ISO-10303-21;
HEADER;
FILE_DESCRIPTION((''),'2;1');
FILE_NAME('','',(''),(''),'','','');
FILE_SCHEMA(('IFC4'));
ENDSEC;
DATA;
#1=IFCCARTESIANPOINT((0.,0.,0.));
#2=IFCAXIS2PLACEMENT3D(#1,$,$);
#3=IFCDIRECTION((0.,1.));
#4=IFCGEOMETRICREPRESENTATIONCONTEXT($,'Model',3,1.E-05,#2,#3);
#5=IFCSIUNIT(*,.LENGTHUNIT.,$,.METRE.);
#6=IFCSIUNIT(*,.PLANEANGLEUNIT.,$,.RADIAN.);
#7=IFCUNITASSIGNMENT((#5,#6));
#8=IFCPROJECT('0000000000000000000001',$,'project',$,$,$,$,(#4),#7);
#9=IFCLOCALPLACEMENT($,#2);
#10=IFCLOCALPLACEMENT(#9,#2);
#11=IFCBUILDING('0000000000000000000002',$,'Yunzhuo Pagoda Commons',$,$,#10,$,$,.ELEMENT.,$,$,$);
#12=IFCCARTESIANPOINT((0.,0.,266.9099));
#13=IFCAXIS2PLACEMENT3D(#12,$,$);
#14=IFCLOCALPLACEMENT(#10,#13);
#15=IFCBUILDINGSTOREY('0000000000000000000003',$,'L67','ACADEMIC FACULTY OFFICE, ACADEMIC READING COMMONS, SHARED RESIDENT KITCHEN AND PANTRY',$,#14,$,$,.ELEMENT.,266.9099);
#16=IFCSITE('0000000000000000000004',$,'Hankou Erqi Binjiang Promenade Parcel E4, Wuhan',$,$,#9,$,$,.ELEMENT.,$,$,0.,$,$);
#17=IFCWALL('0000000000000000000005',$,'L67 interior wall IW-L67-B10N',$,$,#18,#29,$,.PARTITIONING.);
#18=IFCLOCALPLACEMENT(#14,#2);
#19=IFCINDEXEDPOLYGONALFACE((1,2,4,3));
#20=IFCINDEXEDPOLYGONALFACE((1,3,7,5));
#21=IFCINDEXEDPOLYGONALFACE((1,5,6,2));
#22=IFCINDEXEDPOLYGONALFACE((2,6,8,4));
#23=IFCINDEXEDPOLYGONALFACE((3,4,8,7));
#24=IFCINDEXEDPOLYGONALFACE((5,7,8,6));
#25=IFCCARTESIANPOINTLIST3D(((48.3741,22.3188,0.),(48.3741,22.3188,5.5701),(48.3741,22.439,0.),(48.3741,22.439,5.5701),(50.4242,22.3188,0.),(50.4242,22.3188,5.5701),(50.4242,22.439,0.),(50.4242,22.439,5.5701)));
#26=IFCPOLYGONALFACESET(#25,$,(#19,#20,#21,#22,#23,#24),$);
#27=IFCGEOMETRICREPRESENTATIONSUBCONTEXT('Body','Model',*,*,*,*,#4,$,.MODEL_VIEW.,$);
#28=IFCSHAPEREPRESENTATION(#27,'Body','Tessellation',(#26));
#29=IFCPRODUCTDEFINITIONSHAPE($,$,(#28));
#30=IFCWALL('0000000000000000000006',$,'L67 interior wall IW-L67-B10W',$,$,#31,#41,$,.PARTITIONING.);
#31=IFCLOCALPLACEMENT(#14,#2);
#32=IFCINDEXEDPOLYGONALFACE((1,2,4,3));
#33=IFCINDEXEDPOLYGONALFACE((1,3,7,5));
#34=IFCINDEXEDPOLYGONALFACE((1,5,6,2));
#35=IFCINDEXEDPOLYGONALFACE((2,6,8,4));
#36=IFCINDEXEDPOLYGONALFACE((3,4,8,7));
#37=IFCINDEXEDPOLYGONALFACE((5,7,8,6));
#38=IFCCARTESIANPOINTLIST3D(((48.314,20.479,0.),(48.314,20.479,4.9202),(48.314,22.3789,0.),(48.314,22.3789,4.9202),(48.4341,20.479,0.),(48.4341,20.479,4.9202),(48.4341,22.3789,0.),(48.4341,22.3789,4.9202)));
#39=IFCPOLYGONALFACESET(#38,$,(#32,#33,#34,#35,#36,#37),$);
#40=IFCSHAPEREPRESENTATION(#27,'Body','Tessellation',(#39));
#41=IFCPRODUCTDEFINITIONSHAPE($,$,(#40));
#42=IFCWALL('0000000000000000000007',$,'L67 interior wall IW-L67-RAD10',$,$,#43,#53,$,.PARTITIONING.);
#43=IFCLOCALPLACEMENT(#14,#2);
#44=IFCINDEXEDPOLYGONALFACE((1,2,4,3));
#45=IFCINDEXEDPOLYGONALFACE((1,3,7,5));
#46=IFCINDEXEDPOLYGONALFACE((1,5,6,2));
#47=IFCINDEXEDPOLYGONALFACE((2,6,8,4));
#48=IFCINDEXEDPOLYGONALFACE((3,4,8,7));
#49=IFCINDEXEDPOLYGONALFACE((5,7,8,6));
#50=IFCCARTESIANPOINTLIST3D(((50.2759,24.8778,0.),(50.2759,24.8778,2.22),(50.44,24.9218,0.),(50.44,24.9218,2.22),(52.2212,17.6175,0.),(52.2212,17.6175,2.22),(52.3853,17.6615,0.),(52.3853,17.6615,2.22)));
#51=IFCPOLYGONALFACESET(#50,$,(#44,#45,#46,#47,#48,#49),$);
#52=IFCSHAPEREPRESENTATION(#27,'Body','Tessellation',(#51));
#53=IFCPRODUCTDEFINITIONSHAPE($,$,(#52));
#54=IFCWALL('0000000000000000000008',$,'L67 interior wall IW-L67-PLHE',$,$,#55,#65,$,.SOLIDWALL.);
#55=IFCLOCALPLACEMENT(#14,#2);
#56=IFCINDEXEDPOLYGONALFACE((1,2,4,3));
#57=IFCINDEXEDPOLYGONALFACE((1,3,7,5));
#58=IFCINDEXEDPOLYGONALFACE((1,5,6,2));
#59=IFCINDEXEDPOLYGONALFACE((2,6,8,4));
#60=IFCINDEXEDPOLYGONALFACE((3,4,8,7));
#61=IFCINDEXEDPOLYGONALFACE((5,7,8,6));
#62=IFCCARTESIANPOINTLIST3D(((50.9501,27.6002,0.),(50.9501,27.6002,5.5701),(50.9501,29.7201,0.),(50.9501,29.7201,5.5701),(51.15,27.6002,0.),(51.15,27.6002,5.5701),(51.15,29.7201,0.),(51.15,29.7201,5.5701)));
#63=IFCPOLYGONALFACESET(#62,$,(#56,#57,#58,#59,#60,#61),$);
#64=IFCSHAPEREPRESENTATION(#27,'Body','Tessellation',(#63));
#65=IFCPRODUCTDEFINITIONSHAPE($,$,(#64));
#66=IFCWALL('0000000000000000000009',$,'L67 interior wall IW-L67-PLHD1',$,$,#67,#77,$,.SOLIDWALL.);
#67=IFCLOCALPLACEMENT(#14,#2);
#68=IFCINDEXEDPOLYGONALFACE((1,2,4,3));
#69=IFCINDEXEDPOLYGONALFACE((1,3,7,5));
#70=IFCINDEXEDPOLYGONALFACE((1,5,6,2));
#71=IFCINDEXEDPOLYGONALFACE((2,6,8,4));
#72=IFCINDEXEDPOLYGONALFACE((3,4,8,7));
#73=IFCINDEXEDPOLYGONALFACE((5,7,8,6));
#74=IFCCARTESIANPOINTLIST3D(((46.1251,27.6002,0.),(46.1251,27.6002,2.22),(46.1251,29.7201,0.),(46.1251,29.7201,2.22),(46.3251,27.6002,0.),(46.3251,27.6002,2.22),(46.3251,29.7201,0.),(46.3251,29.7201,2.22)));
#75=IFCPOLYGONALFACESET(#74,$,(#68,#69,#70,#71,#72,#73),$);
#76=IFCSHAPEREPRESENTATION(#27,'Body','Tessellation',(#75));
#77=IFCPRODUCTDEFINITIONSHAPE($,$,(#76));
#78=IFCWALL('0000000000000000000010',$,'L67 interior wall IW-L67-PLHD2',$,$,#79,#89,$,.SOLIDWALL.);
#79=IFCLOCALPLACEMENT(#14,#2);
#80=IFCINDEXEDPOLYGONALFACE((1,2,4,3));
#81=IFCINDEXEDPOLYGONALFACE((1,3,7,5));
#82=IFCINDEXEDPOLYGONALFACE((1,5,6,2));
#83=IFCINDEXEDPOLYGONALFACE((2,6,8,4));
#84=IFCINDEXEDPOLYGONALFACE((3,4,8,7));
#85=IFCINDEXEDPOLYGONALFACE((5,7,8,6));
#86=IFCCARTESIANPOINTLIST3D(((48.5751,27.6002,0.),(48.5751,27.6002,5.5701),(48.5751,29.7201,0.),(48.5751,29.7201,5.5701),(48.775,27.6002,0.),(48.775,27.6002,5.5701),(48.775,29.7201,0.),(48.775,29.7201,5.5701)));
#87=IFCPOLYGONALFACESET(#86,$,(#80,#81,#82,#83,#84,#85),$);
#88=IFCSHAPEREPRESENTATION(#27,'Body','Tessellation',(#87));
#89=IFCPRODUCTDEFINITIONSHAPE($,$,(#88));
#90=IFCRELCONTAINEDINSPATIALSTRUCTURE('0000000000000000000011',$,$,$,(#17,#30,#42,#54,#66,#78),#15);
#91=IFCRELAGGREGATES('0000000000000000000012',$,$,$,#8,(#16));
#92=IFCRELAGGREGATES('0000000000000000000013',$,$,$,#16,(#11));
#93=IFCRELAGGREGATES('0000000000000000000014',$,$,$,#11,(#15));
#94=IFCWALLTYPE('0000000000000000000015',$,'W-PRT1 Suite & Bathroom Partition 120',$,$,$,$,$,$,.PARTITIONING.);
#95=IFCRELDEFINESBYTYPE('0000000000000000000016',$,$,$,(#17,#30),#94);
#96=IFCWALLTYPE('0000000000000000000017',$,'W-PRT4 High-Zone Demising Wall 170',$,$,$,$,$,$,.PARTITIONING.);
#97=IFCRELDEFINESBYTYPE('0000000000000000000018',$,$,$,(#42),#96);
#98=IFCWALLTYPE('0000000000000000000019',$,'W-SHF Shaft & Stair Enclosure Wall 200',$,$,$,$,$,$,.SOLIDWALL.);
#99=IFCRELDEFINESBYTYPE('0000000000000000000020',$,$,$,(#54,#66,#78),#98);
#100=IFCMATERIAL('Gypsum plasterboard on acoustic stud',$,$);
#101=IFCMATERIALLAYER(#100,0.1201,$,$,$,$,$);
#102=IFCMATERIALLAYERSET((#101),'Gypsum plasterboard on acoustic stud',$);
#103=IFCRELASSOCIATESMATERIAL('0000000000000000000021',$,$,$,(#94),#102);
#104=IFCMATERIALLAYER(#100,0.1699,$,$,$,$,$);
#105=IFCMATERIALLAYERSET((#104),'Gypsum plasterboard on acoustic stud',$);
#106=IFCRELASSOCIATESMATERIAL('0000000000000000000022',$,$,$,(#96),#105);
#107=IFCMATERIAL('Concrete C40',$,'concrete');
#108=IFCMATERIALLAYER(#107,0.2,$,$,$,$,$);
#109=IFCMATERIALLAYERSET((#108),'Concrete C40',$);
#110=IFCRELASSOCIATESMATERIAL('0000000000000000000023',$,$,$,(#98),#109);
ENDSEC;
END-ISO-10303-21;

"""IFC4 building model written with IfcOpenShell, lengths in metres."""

from ifc_helpers import new_model, si_unit, direction, frame, frame_2d, origin, place, context, subcontext, project, spatial, rectangle, extrude, material, layer, layer_set, type_object, element, save


model = new_model("IFC4")

# Units and contexts
model_context = context("Model", 3, precision=1e-05, world=origin(), true_north=direction((0.0, 1.0)))
body_context = subcontext(model_context, "Body", "Model", "MODEL_VIEW")
ifc_project = project(units=[si_unit("LENGTHUNIT", "METRE"), si_unit("PLANEANGLEUNIT", "RADIAN")], contexts=[model_context])

# Site, building, storey
site_placement = place(None, origin())
site = spatial("IfcSite", under=ifc_project, at=site_placement, Name="Hankou Erqi Binjiang Promenade Parcel E4, Wuhan", CompositionType="ELEMENT", RefElevation=0.0)
building_placement = place(site_placement, origin())
building = spatial("IfcBuilding", under=site, at=building_placement, Name="Yunzhuo Pagoda Commons", CompositionType="ELEMENT")
storey_placement = place(building_placement, frame((0.0, 0.0, 266.9099)))
storey = spatial("IfcBuildingStorey", under=building, at=storey_placement, Name="L67", Description="ACADEMIC FACULTY OFFICE, ACADEMIC READING COMMONS, SHARED RESIDENT KITCHEN AND PANTRY", CompositionType="ELEMENT", Elevation=266.9099)

# Shared definitions
ifc_material_1 = material(Name="Gypsum plasterboard on acoustic stud")
ifc_layer_1 = layer(ifc_material_1, 0.1201)
ifc_layer_set_1 = layer_set([ifc_layer_1], Name="Gypsum plasterboard on acoustic stud")
wall_type_1 = type_object("IfcWallType", Name="W-PRT1 Suite & Bathroom Partition 120", PredefinedType="PARTITIONING", material=ifc_layer_set_1)

# Walls
wall_1_placement = place(storey_placement, frame((50.4241, 22.3789, 0.0), z_axis=(0.0, 0.0, 1.0), x_axis=(-1.0, 0.0, 0.0)))
element("IfcWall", 1, at=wall_1_placement, inside=storey, type_object=wall_type_1, Name="L67 interior wall IW-L67-B10N", PredefinedType="PARTITIONING", context=body_context, shape_type="SweptSolid", body=[
    extrude(rectangle(XDim=2.05, YDim=0.1201, at=frame_2d((1.0249, 0.0))), origin(), (0.0, 0.0, 1.0), 5.5701),
])
wall_2_placement = place(storey_placement, frame((48.374, 22.3789, 0.0), z_axis=(0.0, 0.0, 1.0), x_axis=(0.0, -1.0, 0.0)))
element("IfcWall", 2, at=wall_2_placement, inside=storey, type_object=wall_type_1, Name="L67 interior wall IW-L67-B10W", PredefinedType="PARTITIONING", context=body_context, shape_type="SweptSolid", body=[
    extrude(rectangle(XDim=1.8999, YDim=0.1201, at=frame_2d((0.95, 0.0))), origin(), (0.0, 0.0, 1.0), 4.9202),
])
ifc_layer_2 = layer(ifc_material_1, 0.1699)
ifc_layer_set_2 = layer_set([ifc_layer_2], Name="Gypsum plasterboard on acoustic stud")
wall_type_2 = type_object("IfcWallType", Name="W-PRT4 High-Zone Demising Wall 170", PredefinedType="PARTITIONING", material=ifc_layer_set_2)
wall_3_placement = place(storey_placement, frame((50.3579, 24.8999, 0.0), z_axis=(0.0, 0.0, 1.0), x_axis=(0.258811, -0.965928, 0.0)))
element("IfcWall", 3, at=wall_3_placement, inside=storey, type_object=wall_type_2, Name="L67 interior wall IW-L67-RAD10", PredefinedType="PARTITIONING", context=body_context, shape_type="SweptSolid", body=[
    extrude(rectangle(XDim=7.5164, YDim=0.1699, at=frame_2d((3.7583, 0.0))), origin(), (0.0, 0.0, 1.0), 2.22),
])
ifc_material_2 = material(Name="Concrete C40", Category="concrete")
ifc_layer_3 = layer(ifc_material_2, 0.2)
ifc_layer_set_3 = layer_set([ifc_layer_3], Name="Concrete C40")
wall_type_3 = type_object("IfcWallType", Name="W-SHF Shaft & Stair Enclosure Wall 200", PredefinedType="SOLIDWALL", material=ifc_layer_set_3)
wall_4_placement = place(storey_placement, frame((51.05, 27.6001, 0.0), z_axis=(0.0, 0.0, 1.0), x_axis=(0.0, 1.0, 0.0)))
element("IfcWall", 4, at=wall_4_placement, inside=storey, type_object=wall_type_3, Name="L67 interior wall IW-L67-PLHE", PredefinedType="SOLIDWALL", context=body_context, shape_type="SweptSolid", body=[
    extrude(rectangle(XDim=2.1199, YDim=0.2, at=frame_2d((1.0601, 0.0))), origin(), (0.0, 0.0, 1.0), 5.5701),
])
wall_5_placement = place(storey_placement, frame((46.2251, 27.6001, 0.0), z_axis=(0.0, 0.0, 1.0), x_axis=(0.0, 1.0, 0.0)))
element("IfcWall", 5, at=wall_5_placement, inside=storey, type_object=wall_type_3, Name="L67 interior wall IW-L67-PLHD1", PredefinedType="SOLIDWALL", context=body_context, shape_type="SweptSolid", body=[
    extrude(rectangle(XDim=2.1199, YDim=0.2, at=frame_2d((1.0601, 0.0))), origin(), (0.0, 0.0, 1.0), 2.22),
])
wall_6_placement = place(storey_placement, frame((48.675, 27.6001, 0.0), z_axis=(0.0, 0.0, 1.0), x_axis=(0.0, 1.0, 0.0)))
element("IfcWall", 6, at=wall_6_placement, inside=storey, type_object=wall_type_3, Name="L67 interior wall IW-L67-PLHD2", PredefinedType="SOLIDWALL", context=body_context, shape_type="SweptSolid", body=[
    extrude(rectangle(XDim=2.1199, YDim=0.2, at=frame_2d((1.0601, 0.0))), origin(), (0.0, 0.0, 1.0), 5.5701),
])

save(model, "model.ifc")
